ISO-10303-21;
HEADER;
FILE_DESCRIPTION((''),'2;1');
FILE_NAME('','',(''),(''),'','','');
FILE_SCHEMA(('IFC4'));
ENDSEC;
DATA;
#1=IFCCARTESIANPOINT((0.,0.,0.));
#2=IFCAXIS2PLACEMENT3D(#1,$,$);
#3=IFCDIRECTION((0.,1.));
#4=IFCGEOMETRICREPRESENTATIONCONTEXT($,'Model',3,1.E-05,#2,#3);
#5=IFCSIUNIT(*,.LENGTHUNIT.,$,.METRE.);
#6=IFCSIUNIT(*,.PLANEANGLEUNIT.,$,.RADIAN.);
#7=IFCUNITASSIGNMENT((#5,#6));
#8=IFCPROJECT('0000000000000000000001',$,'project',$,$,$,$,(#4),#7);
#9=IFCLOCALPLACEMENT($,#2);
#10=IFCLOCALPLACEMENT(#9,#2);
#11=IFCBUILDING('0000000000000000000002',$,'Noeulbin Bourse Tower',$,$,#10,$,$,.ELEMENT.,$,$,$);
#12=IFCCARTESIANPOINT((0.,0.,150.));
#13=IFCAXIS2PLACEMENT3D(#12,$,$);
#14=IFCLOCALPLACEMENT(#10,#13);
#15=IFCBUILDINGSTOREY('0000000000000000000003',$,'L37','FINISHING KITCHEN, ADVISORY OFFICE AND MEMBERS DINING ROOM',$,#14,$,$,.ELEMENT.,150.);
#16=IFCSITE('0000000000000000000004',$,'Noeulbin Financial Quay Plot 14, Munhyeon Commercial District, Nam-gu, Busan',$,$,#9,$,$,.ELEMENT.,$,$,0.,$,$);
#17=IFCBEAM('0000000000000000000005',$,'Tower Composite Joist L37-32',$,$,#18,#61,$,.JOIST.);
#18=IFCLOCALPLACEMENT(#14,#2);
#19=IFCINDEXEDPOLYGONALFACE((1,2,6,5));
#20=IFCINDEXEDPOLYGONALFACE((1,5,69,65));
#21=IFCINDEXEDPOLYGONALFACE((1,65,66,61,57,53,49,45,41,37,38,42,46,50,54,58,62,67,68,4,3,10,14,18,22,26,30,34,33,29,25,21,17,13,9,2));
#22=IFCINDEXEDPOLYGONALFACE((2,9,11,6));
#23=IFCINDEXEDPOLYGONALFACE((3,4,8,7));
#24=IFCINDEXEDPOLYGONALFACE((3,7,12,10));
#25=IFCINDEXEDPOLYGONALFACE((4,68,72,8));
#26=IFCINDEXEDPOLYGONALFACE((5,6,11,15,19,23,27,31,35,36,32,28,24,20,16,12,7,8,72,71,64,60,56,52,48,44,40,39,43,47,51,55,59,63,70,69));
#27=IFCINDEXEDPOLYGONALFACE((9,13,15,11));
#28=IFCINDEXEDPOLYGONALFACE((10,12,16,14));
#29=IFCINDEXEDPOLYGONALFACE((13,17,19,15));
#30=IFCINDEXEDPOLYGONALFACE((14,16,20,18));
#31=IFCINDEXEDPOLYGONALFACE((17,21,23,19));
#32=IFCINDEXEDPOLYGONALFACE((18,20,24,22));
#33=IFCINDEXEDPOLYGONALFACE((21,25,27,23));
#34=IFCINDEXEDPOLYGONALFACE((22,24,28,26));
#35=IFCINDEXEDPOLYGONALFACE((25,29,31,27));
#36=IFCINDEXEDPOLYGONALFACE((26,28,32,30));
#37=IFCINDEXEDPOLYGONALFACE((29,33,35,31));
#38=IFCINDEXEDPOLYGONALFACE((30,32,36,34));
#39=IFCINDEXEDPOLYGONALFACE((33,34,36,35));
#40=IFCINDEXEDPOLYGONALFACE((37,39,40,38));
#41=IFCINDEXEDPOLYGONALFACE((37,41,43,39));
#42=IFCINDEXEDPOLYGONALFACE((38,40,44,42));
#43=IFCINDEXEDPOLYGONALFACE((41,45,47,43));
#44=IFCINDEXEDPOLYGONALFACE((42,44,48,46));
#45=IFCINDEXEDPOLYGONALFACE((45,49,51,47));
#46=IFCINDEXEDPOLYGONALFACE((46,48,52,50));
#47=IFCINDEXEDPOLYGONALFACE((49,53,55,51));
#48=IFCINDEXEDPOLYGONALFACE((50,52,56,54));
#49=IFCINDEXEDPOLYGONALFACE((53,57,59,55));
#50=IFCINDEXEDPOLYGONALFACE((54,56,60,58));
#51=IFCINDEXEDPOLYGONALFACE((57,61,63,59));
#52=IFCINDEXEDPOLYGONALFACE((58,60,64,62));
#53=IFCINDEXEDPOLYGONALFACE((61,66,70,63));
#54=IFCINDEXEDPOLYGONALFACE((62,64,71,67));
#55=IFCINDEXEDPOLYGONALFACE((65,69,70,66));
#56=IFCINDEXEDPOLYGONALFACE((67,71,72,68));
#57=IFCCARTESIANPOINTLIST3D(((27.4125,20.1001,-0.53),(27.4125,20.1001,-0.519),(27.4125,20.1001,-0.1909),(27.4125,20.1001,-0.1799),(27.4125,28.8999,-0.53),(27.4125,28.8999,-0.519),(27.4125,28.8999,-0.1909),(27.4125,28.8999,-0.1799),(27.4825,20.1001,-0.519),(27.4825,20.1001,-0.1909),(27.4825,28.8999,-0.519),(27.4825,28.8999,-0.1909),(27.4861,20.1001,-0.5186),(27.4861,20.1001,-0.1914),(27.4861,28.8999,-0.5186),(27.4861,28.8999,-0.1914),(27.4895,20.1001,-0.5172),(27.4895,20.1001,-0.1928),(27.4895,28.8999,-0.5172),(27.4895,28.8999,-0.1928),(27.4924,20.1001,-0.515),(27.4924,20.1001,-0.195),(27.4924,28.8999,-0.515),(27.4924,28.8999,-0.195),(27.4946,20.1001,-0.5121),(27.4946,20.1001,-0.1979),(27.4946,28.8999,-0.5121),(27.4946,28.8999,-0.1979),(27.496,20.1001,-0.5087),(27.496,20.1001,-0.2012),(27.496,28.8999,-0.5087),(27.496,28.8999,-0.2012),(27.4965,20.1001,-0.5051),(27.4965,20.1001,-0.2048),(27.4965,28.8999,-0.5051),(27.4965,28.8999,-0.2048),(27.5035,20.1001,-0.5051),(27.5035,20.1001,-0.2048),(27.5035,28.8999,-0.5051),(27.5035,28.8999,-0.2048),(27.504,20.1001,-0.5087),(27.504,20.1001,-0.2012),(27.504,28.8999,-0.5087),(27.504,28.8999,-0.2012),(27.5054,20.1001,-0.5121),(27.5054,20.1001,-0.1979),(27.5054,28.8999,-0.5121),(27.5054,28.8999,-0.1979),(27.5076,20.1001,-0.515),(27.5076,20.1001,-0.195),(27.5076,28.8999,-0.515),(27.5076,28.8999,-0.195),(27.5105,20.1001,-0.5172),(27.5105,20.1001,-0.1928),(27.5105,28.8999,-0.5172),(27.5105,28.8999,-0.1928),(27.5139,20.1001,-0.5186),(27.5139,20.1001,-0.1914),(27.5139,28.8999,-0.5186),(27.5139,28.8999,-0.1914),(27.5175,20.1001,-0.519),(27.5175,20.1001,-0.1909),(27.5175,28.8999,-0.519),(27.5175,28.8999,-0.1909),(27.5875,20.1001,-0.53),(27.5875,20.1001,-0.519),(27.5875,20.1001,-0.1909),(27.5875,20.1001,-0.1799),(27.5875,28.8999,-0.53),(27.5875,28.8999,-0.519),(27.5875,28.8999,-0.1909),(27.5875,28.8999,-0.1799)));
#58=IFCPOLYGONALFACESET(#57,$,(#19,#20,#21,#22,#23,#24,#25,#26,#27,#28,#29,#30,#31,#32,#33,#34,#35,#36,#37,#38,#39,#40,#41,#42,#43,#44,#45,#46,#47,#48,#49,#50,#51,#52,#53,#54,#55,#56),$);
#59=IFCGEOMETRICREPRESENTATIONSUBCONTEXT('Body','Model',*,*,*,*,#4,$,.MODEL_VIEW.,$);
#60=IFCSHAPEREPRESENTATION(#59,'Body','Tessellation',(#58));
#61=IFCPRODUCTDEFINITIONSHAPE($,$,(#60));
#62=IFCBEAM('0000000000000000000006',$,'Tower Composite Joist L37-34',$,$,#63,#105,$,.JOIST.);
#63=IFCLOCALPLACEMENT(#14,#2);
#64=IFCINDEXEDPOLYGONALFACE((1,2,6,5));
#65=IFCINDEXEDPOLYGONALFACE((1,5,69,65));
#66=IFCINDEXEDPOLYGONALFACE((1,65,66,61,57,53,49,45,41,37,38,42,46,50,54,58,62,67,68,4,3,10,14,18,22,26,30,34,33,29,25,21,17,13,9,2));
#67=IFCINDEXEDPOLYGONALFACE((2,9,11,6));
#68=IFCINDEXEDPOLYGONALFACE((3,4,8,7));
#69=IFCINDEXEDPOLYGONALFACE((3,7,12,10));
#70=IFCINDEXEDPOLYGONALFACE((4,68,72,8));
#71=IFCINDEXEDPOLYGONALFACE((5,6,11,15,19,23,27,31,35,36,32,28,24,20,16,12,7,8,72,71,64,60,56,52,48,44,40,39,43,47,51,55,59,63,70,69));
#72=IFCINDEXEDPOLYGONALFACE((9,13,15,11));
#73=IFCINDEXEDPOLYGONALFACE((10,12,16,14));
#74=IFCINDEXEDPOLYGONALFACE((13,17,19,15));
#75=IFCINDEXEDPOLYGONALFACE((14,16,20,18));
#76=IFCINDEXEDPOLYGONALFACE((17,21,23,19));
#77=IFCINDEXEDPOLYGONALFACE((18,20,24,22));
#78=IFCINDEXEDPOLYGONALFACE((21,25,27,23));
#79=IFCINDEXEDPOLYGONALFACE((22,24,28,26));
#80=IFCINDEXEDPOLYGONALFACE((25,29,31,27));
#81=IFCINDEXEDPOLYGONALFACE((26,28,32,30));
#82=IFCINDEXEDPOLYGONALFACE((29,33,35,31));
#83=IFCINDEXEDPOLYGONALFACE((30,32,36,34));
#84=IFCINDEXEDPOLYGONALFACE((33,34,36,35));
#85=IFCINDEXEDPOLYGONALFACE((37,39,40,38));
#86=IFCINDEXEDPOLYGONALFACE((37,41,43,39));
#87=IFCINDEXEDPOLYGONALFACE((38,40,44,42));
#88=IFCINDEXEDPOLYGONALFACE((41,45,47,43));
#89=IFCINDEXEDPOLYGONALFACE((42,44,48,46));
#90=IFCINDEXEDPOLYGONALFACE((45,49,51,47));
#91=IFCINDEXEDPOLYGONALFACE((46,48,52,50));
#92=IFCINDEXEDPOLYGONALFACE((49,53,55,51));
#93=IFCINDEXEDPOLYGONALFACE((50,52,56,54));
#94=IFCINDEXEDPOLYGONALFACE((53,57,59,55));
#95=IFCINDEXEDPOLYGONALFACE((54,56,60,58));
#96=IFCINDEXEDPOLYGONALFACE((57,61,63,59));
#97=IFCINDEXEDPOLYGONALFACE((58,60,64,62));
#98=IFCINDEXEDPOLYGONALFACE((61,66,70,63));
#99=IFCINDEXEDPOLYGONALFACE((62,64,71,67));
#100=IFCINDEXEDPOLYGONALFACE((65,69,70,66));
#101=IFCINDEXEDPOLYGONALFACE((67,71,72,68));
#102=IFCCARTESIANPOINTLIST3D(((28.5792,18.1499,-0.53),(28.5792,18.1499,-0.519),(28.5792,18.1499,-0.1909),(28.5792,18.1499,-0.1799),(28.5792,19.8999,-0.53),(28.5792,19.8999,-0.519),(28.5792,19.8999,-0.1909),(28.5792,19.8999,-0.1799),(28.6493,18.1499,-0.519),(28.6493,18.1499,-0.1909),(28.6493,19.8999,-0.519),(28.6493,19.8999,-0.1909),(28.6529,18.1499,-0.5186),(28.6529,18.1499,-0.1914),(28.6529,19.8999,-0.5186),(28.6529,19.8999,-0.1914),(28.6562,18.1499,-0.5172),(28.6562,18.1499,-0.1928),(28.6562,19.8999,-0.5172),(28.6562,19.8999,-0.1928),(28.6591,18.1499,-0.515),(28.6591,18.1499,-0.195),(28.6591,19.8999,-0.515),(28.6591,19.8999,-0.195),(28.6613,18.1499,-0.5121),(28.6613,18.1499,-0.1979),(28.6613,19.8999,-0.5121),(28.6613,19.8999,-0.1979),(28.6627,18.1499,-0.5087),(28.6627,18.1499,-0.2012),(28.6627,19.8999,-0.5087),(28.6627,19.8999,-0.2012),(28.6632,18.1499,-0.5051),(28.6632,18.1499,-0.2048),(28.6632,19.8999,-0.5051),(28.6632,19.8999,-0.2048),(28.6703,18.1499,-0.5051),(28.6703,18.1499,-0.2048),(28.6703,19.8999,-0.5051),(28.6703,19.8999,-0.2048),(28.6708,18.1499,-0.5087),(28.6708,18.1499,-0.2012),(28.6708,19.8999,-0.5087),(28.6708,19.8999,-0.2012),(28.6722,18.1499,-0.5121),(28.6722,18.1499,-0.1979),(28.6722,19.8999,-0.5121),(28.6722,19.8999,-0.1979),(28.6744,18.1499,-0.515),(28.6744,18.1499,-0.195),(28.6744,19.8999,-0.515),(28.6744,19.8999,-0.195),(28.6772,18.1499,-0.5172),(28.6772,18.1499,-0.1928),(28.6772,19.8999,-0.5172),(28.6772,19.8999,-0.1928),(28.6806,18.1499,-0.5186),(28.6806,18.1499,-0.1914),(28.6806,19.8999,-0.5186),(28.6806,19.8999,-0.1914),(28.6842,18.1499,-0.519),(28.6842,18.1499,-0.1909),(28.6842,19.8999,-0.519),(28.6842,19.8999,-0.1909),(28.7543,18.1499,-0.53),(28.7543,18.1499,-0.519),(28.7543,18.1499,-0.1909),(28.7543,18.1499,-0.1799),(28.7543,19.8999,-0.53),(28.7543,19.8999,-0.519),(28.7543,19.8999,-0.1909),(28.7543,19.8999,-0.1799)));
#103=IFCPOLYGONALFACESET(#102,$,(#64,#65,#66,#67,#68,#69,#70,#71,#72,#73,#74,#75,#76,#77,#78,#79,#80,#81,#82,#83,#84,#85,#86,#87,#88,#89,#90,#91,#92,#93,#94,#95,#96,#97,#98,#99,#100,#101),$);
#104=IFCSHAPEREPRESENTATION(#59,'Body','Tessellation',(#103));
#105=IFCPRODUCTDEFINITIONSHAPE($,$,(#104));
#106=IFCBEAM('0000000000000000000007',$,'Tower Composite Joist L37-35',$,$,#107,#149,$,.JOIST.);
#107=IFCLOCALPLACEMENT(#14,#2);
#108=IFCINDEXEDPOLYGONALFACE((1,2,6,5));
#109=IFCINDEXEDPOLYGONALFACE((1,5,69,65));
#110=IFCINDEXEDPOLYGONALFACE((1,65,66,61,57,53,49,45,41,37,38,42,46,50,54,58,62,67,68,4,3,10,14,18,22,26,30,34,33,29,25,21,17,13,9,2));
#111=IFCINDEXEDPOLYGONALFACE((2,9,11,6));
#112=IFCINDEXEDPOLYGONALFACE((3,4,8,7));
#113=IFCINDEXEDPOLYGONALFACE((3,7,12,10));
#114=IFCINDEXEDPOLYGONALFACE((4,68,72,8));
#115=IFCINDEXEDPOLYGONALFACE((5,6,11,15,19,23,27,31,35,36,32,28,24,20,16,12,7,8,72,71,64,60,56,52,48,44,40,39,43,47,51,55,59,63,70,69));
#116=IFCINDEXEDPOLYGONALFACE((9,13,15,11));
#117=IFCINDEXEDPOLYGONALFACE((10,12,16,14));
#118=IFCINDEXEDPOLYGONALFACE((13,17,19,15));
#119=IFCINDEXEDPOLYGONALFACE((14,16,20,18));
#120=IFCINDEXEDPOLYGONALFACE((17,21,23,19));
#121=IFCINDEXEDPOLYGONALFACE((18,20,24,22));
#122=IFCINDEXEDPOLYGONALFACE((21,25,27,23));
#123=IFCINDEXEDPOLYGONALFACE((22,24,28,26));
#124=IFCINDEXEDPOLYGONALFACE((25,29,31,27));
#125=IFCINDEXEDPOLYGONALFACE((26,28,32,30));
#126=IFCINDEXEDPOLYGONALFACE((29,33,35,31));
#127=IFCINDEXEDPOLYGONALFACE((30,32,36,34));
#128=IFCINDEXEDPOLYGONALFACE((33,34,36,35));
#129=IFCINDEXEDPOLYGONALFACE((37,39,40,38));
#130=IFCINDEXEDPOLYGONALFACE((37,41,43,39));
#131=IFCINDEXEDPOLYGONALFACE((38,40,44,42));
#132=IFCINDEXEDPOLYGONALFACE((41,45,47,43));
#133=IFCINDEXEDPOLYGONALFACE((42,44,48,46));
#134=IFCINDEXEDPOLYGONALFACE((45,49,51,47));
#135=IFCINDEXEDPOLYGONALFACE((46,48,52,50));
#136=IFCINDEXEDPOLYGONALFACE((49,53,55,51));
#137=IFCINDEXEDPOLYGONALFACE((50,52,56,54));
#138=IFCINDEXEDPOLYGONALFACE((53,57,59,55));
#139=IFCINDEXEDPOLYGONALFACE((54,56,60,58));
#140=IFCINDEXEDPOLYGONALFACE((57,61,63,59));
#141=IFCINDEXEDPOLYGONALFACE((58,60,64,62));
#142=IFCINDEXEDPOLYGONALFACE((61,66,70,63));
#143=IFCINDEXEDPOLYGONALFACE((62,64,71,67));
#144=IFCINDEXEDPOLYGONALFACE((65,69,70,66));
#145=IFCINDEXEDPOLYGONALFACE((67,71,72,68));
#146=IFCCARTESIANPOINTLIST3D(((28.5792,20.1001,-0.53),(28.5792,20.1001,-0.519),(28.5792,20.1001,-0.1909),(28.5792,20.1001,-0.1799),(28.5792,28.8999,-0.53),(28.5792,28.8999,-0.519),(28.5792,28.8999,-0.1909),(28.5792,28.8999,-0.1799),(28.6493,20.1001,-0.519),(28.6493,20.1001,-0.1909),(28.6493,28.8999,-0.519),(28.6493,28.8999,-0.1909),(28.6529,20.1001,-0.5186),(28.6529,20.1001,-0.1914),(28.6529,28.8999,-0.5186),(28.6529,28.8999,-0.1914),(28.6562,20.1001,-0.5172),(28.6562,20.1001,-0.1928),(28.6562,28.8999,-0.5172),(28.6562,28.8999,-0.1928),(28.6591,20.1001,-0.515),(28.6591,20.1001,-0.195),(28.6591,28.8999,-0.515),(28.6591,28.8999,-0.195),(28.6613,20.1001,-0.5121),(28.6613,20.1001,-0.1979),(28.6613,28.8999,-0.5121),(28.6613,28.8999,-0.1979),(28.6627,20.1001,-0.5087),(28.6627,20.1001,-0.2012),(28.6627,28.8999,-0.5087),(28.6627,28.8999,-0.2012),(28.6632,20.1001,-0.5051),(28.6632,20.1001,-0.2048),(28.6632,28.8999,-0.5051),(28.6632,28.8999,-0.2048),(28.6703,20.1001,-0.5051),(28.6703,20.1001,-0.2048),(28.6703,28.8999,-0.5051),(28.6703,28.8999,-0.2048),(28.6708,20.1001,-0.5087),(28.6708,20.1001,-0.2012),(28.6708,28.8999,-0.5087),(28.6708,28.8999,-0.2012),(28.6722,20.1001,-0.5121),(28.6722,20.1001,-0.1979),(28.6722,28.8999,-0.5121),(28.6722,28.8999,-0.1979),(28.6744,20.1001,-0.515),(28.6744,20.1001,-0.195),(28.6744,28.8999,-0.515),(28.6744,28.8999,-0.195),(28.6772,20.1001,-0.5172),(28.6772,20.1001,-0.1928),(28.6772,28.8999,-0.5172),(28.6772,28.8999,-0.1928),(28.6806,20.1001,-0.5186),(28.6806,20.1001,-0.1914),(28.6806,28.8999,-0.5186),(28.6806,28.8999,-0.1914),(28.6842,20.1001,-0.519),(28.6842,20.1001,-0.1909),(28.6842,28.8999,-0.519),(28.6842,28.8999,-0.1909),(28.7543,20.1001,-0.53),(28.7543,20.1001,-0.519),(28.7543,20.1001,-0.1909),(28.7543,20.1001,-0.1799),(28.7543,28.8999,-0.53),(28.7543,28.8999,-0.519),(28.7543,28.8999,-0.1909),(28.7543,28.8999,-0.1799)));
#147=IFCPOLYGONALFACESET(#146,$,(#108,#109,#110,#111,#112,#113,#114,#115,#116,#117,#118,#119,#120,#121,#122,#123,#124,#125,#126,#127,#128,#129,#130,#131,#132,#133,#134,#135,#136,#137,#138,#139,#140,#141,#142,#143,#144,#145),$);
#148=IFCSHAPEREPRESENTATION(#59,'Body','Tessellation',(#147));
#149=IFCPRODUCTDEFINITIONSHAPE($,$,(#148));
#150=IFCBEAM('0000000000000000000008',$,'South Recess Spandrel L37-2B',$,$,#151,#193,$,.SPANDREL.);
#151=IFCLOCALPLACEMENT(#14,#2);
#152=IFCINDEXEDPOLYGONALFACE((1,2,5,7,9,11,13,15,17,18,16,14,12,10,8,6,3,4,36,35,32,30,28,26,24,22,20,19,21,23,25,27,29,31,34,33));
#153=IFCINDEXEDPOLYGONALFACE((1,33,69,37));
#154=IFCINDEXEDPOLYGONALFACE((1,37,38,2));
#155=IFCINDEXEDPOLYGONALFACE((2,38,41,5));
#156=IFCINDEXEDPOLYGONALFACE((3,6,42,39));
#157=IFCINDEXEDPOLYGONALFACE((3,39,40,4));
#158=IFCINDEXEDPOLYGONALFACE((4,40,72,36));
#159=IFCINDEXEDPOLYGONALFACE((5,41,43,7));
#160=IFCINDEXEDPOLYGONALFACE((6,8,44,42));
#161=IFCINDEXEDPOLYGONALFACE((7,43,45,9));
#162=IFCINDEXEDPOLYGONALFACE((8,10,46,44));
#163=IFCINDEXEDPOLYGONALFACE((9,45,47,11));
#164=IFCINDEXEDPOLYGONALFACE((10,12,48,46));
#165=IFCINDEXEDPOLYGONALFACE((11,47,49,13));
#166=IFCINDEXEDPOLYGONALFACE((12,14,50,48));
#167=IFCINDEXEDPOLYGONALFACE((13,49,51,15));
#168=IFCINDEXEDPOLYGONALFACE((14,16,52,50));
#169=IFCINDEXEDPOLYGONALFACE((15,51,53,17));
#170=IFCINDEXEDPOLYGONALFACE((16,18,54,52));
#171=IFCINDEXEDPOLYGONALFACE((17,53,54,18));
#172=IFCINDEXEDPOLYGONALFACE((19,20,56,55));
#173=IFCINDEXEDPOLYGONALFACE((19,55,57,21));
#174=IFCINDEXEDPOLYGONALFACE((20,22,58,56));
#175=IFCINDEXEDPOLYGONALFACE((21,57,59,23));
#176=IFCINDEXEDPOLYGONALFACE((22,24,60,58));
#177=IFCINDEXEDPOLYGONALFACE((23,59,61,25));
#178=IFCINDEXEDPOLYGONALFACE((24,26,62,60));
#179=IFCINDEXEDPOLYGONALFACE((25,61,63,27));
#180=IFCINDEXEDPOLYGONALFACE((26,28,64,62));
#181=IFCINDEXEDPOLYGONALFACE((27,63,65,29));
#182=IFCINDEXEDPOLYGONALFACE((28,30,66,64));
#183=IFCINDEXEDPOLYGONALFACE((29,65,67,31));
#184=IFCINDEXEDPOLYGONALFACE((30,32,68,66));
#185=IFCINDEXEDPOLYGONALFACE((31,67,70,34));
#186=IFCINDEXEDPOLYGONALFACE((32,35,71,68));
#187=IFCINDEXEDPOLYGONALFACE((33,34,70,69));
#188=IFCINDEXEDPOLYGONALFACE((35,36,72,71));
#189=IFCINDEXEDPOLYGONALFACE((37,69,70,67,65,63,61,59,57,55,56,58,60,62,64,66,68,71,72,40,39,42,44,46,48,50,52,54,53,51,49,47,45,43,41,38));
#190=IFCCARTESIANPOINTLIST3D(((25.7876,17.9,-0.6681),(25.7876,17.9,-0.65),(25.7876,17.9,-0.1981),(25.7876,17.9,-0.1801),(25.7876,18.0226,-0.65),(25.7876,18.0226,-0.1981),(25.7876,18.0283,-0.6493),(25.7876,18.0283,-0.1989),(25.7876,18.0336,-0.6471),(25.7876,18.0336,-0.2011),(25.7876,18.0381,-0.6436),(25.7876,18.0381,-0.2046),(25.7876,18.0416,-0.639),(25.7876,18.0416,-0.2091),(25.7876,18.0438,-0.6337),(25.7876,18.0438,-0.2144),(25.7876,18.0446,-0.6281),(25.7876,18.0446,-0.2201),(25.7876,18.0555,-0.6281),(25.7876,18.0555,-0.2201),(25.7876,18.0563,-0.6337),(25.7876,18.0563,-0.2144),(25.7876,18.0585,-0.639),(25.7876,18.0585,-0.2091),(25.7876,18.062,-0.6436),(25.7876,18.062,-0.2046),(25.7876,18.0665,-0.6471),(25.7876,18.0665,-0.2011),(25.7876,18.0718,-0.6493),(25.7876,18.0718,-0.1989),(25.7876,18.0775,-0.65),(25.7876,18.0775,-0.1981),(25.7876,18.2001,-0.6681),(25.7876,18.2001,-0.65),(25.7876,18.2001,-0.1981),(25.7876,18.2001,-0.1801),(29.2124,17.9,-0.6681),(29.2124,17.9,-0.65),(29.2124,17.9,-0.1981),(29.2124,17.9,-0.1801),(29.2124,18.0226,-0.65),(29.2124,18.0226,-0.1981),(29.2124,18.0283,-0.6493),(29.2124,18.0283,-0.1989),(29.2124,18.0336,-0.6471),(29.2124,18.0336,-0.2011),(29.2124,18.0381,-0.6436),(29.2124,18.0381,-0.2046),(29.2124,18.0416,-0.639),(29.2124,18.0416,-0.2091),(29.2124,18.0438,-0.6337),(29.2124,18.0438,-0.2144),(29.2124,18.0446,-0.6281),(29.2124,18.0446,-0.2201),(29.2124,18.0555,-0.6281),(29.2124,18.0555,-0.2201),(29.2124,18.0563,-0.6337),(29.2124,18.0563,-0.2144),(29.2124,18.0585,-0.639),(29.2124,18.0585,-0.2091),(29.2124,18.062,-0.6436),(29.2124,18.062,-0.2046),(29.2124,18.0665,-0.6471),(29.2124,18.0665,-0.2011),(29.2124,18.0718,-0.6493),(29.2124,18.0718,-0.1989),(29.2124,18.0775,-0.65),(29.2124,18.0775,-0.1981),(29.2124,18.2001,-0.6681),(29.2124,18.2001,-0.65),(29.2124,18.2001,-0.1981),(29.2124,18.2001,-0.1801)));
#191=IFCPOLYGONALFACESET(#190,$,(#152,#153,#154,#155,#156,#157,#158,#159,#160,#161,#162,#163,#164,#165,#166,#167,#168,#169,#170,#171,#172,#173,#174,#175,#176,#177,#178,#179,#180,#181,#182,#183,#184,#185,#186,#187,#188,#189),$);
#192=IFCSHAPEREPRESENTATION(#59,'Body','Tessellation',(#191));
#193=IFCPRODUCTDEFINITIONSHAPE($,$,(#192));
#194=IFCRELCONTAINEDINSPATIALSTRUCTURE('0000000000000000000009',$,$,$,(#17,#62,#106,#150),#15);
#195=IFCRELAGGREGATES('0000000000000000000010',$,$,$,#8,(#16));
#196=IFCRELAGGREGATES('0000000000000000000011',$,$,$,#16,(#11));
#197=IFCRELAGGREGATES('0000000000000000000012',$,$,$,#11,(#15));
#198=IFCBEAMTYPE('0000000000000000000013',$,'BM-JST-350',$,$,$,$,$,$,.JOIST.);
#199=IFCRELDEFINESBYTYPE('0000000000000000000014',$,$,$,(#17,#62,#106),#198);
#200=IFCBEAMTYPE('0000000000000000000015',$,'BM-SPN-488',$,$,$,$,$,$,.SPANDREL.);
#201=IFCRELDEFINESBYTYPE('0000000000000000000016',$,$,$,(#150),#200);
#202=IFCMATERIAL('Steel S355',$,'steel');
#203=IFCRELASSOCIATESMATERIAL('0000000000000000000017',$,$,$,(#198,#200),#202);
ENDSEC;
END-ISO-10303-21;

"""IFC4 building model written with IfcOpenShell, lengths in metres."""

from ifc_helpers import new_model, si_unit, direction, frame, origin, origin_2d, place, context, subcontext, project, spatial, i_section, extrude, material, material_profile, profile_set, type_object, element, save


model = new_model("IFC4")

# Units and contexts
model_context = context("Model", 3, precision=1e-05, world=origin(), true_north=direction((0.0, 1.0)))
body_context = subcontext(model_context, "Body", "Model", "MODEL_VIEW")
ifc_project = project(units=[si_unit("LENGTHUNIT", "METRE"), si_unit("PLANEANGLEUNIT", "RADIAN")], contexts=[model_context])

# Site, building, storey
site_placement = place(None, origin())
site = spatial("IfcSite", under=ifc_project, at=site_placement, Name="Noeulbin Financial Quay Plot 14, Munhyeon Commercial District, Nam-gu, Busan", CompositionType="ELEMENT", RefElevation=0.0)
building_placement = place(site_placement, origin())
building = spatial("IfcBuilding", under=site, at=building_placement, Name="Noeulbin Bourse Tower", CompositionType="ELEMENT")
storey_placement = place(building_placement, frame((0.0, 0.0, 150.0)))
storey = spatial("IfcBuildingStorey", under=building, at=storey_placement, Name="L37", Description="FINISHING KITCHEN, ADVISORY OFFICE AND MEMBERS DINING ROOM", CompositionType="ELEMENT", Elevation=150.0)

# Beams
ifc_material_1 = material(Name="Steel S355", Category="steel")
ifc_material_profile_1 = material_profile(ifc_material_1, i_section(OverallWidth=0.175, OverallDepth=0.3501, WebThickness=0.0071, FlangeThickness=0.011, FilletRadius=0.0139, at=origin_2d()), Name="H-350x175x7x11", Category="LoadBearing")
ifc_profile_set_1 = profile_set([ifc_material_profile_1], Name="Steel S355")
beam_type_1 = type_object("IfcBeamType", Name="BM-JST-350", PredefinedType="JOIST", material=ifc_profile_set_1)
beam_1_placement = place(storey_placement, frame((27.5, 20.1001, -0.355), z_axis=(0.0, 1.0, 0.0), x_axis=(-1.0, 0.0, 0.0)))
element("IfcBeam", 1, at=beam_1_placement, inside=storey, type_object=beam_type_1, Name="Tower Composite Joist L37-32", PredefinedType="JOIST", context=body_context, shape_type="SweptSolid", body=[
    extrude(i_section(OverallWidth=0.175, OverallDepth=0.3501, WebThickness=0.0071, FlangeThickness=0.011, FilletRadius=0.0139, at=origin_2d()), origin(), (0.0, 0.0, 1.0), 8.7998),
])
beam_2_placement = place(storey_placement, frame((28.6667, 18.1499, -0.355), z_axis=(0.0, 1.0, 0.0), x_axis=(-1.0, 0.0, 0.0)))
element("IfcBeam", 2, at=beam_2_placement, inside=storey, type_object=beam_type_1, Name="Tower Composite Joist L37-34", PredefinedType="JOIST", context=body_context, shape_type="SweptSolid", body=[
    extrude(i_section(OverallWidth=0.175, OverallDepth=0.3501, WebThickness=0.0071, FlangeThickness=0.011, FilletRadius=0.0139, at=origin_2d()), origin(), (0.0, 0.0, 1.0), 1.75),
])
beam_3_placement = place(storey_placement, frame((28.6667, 20.1001, -0.355), z_axis=(0.0, 1.0, 0.0), x_axis=(-1.0, 0.0, 0.0)))
element("IfcBeam", 3, at=beam_3_placement, inside=storey, type_object=beam_type_1, Name="Tower Composite Joist L37-35", PredefinedType="JOIST", context=body_context, shape_type="SweptSolid", body=[
    extrude(i_section(OverallWidth=0.175, OverallDepth=0.3501, WebThickness=0.0071, FlangeThickness=0.011, FilletRadius=0.0139, at=origin_2d()), origin(), (0.0, 0.0, 1.0), 8.7998),
])
ifc_material_profile_2 = material_profile(ifc_material_1, i_section(OverallWidth=0.3, OverallDepth=0.488, WebThickness=0.011, FlangeThickness=0.0181, FilletRadius=0.022, at=origin_2d()), Name="H-488x300x11x18", Category="LoadBearing")
ifc_profile_set_2 = profile_set([ifc_material_profile_2], Name="Steel S355")
beam_type_2 = type_object("IfcBeamType", Name="BM-SPN-488", PredefinedType="SPANDREL", material=ifc_profile_set_2)
beam_4_placement = place(storey_placement, frame((25.7876, 18.05, -0.4241), z_axis=(1.0, 0.0, 0.0), x_axis=(0.0, 1.0, 0.0)))
element("IfcBeam", 4, at=beam_4_placement, inside=storey, type_object=beam_type_2, Name="South Recess Spandrel L37-2B", PredefinedType="SPANDREL", context=body_context, shape_type="SweptSolid", body=[
    extrude(i_section(OverallWidth=0.3, OverallDepth=0.488, WebThickness=0.011, FlangeThickness=0.0181, FilletRadius=0.022, at=origin_2d()), origin(), (0.0, 0.0, 1.0), 3.4248),
])

save(model, "model.ifc")
